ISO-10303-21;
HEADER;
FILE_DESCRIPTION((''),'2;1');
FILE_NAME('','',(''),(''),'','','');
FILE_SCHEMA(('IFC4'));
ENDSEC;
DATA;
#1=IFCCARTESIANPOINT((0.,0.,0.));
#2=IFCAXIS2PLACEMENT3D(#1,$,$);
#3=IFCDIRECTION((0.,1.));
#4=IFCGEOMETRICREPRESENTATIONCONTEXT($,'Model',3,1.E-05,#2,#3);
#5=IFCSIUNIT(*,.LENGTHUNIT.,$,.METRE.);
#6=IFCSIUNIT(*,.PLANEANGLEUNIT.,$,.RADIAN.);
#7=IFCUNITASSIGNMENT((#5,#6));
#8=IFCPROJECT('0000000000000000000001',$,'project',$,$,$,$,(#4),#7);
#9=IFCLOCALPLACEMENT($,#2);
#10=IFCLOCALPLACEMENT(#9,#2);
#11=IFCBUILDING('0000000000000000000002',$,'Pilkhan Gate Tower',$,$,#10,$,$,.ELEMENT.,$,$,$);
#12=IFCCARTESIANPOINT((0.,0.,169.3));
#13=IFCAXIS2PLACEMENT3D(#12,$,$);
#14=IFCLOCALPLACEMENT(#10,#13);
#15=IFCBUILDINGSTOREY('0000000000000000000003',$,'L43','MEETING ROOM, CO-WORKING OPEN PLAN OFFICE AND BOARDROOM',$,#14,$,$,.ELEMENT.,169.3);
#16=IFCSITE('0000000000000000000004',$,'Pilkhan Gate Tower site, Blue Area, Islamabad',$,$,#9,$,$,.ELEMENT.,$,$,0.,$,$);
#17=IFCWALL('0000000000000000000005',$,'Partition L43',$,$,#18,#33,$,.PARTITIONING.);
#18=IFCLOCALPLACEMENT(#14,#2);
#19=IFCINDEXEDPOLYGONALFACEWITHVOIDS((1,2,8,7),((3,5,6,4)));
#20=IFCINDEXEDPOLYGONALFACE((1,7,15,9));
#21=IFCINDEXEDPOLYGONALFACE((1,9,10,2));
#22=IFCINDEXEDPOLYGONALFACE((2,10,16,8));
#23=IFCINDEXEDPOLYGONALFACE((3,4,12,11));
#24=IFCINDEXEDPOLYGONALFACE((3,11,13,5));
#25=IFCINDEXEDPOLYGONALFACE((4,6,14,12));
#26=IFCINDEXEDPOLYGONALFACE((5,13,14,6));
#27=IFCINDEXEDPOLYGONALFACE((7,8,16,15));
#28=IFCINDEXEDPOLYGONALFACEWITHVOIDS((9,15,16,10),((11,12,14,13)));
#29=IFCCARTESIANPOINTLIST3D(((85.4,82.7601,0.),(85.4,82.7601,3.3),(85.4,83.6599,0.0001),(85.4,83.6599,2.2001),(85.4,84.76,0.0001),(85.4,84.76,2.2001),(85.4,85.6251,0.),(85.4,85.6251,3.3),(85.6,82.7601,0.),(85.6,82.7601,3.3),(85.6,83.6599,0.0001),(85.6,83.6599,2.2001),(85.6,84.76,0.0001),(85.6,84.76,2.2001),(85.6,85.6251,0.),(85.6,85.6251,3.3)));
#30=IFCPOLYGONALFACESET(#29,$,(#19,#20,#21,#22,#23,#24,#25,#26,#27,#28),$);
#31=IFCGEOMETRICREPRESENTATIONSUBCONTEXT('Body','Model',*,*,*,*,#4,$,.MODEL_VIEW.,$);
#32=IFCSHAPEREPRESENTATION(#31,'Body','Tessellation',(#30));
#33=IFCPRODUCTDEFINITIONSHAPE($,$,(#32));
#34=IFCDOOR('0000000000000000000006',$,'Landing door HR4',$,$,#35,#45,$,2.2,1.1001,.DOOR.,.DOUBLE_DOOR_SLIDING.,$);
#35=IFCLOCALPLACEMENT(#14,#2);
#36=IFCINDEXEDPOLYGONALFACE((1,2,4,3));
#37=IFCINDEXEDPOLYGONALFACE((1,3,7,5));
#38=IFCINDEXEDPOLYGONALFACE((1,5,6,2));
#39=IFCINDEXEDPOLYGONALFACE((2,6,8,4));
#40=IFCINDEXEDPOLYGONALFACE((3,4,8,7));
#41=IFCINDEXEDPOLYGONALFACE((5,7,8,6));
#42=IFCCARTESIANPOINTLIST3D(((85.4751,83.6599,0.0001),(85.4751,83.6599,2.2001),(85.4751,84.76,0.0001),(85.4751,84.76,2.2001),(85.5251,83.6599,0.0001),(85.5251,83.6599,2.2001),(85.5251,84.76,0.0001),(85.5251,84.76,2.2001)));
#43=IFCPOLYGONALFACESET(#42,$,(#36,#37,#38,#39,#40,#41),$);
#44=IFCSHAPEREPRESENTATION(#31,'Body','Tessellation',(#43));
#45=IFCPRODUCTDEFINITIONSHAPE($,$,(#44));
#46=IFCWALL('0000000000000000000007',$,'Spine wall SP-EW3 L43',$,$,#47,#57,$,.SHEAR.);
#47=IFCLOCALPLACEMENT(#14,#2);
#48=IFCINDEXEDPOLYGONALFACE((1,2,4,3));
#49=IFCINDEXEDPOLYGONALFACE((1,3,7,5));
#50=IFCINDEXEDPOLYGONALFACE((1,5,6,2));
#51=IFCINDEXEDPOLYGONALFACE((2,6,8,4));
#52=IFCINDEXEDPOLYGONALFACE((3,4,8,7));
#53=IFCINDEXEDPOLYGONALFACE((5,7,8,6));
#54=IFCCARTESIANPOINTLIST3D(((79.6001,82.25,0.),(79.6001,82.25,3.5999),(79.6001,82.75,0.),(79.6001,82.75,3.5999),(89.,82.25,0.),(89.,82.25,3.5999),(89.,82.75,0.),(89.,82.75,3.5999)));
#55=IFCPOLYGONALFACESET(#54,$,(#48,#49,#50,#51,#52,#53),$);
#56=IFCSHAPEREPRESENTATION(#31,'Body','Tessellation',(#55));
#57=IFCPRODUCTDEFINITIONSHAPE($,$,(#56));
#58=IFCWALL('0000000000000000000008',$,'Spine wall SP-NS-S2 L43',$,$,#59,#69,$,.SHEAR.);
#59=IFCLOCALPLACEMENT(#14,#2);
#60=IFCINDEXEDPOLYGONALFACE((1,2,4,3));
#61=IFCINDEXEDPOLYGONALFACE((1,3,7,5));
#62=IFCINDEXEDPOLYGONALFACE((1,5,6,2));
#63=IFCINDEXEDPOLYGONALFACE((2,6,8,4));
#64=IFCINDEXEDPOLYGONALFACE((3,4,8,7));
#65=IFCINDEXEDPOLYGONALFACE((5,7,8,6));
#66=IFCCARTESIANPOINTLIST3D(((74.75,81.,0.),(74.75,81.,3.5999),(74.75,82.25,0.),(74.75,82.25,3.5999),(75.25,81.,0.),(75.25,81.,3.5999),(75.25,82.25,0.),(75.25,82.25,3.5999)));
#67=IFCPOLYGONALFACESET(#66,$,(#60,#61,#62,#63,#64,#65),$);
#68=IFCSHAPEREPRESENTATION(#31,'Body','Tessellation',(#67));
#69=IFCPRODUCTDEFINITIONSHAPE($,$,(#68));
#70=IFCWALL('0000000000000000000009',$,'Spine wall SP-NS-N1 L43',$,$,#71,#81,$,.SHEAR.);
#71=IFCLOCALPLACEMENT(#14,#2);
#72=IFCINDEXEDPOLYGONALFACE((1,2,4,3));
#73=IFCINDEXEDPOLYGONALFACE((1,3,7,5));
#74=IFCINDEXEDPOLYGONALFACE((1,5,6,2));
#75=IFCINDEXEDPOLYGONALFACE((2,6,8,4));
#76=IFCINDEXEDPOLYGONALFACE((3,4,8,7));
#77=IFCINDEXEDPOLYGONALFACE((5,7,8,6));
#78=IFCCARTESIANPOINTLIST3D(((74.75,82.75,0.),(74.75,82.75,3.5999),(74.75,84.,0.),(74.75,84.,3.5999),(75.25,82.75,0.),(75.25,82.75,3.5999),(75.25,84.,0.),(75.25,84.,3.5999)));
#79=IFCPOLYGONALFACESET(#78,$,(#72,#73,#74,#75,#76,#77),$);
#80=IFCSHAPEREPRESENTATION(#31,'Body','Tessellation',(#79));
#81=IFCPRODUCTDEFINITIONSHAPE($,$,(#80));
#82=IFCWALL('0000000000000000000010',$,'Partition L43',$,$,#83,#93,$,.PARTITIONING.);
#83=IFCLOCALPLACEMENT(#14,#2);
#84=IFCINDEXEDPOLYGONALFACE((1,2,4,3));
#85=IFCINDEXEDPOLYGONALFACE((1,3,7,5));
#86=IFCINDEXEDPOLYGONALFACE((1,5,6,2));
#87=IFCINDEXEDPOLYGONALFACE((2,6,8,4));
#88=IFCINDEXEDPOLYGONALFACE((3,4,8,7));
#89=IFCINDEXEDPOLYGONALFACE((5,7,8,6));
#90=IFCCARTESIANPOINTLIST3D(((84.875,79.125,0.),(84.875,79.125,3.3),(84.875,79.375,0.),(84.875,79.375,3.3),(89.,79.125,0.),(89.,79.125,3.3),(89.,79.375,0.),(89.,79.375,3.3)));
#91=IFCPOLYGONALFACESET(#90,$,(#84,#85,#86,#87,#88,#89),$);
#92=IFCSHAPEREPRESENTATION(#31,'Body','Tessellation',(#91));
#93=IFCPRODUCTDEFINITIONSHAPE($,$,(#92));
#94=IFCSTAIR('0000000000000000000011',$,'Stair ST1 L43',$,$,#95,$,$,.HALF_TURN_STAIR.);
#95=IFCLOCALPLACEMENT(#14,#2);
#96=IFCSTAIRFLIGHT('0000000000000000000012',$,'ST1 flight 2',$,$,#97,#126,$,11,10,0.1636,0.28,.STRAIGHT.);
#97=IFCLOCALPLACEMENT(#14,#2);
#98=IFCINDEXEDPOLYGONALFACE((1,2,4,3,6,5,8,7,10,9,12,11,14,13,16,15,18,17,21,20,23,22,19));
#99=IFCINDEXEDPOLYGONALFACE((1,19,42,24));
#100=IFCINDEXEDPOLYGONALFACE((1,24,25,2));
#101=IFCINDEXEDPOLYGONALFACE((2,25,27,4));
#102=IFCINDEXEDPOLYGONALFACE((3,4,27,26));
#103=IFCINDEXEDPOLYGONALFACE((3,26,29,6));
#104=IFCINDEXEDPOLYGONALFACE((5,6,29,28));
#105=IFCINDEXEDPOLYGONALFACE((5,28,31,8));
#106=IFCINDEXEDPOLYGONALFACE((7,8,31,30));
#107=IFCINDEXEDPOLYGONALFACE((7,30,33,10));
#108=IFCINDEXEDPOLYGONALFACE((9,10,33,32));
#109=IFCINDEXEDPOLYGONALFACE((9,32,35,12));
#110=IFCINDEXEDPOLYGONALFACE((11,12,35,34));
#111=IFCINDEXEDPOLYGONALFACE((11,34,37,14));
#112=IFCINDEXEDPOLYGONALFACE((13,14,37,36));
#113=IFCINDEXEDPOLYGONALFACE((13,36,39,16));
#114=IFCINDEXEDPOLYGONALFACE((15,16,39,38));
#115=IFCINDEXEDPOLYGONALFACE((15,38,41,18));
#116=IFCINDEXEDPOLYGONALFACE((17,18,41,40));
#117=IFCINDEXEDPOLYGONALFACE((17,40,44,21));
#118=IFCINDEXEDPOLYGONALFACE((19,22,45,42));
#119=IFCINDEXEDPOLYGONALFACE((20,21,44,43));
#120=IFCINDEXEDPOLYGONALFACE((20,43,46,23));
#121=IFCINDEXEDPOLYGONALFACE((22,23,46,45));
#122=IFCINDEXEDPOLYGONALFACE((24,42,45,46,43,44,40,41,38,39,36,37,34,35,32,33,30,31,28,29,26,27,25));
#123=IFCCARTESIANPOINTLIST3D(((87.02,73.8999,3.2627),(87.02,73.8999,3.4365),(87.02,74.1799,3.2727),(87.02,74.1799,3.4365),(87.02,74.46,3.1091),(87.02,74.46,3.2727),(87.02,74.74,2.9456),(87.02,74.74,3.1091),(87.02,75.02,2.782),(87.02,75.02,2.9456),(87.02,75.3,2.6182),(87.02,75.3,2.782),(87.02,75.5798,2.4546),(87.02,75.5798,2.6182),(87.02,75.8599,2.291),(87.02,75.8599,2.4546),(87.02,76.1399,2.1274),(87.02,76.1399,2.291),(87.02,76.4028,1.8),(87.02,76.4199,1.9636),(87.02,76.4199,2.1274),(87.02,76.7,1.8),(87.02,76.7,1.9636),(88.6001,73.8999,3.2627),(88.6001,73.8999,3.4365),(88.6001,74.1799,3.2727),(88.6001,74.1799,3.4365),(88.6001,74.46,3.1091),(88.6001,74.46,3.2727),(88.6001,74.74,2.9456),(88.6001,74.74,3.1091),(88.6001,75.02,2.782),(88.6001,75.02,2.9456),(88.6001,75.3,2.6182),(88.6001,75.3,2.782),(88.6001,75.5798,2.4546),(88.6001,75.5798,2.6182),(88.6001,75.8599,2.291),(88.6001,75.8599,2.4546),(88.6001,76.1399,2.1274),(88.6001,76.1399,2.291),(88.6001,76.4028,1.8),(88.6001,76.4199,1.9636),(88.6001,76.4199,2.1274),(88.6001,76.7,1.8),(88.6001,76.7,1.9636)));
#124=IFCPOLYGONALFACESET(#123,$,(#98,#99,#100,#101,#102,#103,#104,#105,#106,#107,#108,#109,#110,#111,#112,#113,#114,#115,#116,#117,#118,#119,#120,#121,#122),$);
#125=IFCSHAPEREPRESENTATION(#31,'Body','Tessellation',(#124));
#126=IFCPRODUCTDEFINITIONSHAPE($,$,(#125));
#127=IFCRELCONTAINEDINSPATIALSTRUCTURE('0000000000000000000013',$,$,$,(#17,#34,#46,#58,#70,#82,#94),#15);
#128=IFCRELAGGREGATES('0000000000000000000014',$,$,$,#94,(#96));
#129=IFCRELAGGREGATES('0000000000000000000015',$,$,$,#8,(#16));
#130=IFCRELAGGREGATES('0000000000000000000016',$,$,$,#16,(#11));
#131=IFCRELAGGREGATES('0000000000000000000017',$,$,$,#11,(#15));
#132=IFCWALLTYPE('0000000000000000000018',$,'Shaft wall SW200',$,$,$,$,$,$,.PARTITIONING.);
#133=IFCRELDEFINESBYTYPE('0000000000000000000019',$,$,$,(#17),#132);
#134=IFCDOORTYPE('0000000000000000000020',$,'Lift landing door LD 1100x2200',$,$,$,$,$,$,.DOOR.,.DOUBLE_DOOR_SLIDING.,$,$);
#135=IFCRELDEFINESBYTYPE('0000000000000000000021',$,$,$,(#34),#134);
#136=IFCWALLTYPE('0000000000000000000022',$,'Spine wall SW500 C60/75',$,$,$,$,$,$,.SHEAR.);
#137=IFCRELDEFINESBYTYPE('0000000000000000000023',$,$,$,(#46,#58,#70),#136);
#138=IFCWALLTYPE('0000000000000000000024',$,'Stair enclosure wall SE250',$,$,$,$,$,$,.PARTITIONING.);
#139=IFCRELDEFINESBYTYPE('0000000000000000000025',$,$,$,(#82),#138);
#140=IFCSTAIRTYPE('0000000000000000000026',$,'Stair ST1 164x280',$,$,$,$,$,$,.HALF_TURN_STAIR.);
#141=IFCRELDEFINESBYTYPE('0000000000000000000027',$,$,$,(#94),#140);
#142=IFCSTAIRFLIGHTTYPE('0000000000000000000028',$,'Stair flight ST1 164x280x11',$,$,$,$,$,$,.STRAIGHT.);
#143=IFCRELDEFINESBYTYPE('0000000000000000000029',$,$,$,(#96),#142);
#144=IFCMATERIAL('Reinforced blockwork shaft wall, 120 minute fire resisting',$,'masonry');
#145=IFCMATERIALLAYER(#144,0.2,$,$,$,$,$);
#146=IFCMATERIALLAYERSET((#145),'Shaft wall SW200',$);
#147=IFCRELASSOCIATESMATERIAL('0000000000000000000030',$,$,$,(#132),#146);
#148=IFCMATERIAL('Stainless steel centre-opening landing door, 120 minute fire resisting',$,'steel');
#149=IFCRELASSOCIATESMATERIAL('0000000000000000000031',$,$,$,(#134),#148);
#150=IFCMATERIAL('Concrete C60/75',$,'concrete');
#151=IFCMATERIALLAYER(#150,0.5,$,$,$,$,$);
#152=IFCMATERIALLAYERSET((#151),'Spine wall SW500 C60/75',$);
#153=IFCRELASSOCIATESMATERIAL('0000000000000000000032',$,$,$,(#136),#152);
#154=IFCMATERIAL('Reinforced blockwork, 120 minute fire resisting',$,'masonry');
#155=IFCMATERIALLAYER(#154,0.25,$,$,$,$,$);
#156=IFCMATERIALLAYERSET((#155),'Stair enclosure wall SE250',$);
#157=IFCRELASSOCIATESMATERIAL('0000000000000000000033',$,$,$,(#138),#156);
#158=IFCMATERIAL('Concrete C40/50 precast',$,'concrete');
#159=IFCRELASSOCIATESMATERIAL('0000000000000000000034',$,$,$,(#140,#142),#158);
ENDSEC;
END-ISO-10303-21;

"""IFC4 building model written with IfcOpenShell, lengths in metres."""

from ifc_helpers import new_model, si_unit, direction, frame, frame_2d, origin, place, context, subcontext, project, spatial, polyline, rectangle, outline, extrude, material, layer, layer_set, type_object, element, fill, aggregate, save


model = new_model("IFC4")

# Units and contexts
model_context = context("Model", 3, precision=1e-05, world=origin(), true_north=direction((0.0, 1.0)))
body_context = subcontext(model_context, "Body", "Model", "MODEL_VIEW")
ifc_project = project(units=[si_unit("LENGTHUNIT", "METRE"), si_unit("PLANEANGLEUNIT", "RADIAN")], contexts=[model_context])

# Site, building, storey
site_placement = place(None, origin())
site = spatial("IfcSite", under=ifc_project, at=site_placement, Name="Pilkhan Gate Tower site, Blue Area, Islamabad", CompositionType="ELEMENT", RefElevation=0.0)
building_placement = place(site_placement, origin())
building = spatial("IfcBuilding", under=site, at=building_placement, Name="Pilkhan Gate Tower", CompositionType="ELEMENT")
storey_placement = place(building_placement, frame((0.0, 0.0, 169.3)))
storey = spatial("IfcBuildingStorey", under=building, at=storey_placement, Name="L43", Description="MEETING ROOM, CO-WORKING OPEN PLAN OFFICE AND BOARDROOM", CompositionType="ELEMENT", Elevation=169.3)

# Shared definitions
ifc_material_1 = material(Name="Concrete C60/75", Category="concrete")

# Wall, opening, door
ifc_material_2 = material(Name="Reinforced blockwork shaft wall, 120 minute fire resisting", Category="masonry")
ifc_layer_1 = layer(ifc_material_2, 0.2)
ifc_layer_set_1 = layer_set([ifc_layer_1], Name="Shaft wall SW200")
wall_type_1 = type_object("IfcWallType", Name="Shaft wall SW200", PredefinedType="PARTITIONING", material=ifc_layer_set_1)
wall_1_placement = place(storey_placement, frame((85.5, 82.76, 0.0), z_axis=(0.0, 0.0, 1.0), x_axis=(0.0, 1.0, 0.0)))
wall_1 = element("IfcWall", 1, at=wall_1_placement, inside=storey, type_object=wall_type_1, Name="Partition L43", PredefinedType="PARTITIONING", context=body_context, shape_type="SweptSolid", body=[
    extrude(rectangle(XDim=2.865, YDim=0.2, at=frame_2d((1.4326, 0.0))), origin(), (0.0, 0.0, 1.0), 3.3),
])
opening_1_placement = place(wall_1_placement, frame((0.8999, 0.0, 0.0)))
opening_1 = element("IfcOpeningElement", 2, at=opening_1_placement, cuts=wall_1, PredefinedType="OPENING", context=body_context, shape_type="SweptSolid", body=[
    extrude(rectangle(XDim=1.1001, YDim=2.2, at=frame_2d((0.55, 1.1001))), frame((0.0, 0.1099, 0.0), z_axis=(0.0, -1.0, 0.0), x_axis=(1.0, 0.0, 0.0)), (0.0, 0.0, 1.0), 0.22),
])
ifc_material_3 = material(Name="Stainless steel centre-opening landing door, 120 minute fire resisting", Category="steel")
door_type_1 = type_object("IfcDoorType", Name="Lift landing door LD 1100x2200", OperationType="DOUBLE_DOOR_SLIDING", PredefinedType="DOOR", material=ifc_material_3)
door_1_placement = place(opening_1_placement, origin())
door_1 = element("IfcDoor", 3, at=door_1_placement, inside=storey, type_object=door_type_1, Name="Landing door HR4", OperationType="DOUBLE_DOOR_SLIDING", OverallHeight=2.2, OverallWidth=1.1001, PredefinedType="DOOR", context=body_context, shape_type="SweptSolid", body=[
    extrude(rectangle(XDim=1.1001, YDim=2.2, at=frame_2d((0.55, 1.1001))), frame((0.0, 0.0249, 0.0), z_axis=(0.0, -1.0, 0.0), x_axis=(1.0, 0.0, 0.0)), (0.0, 0.0, 1.0), 0.05),
])
fill(opening_1, door_1)

# Walls
ifc_layer_2 = layer(ifc_material_1, 0.5)
ifc_layer_set_2 = layer_set([ifc_layer_2], Name="Spine wall SW500 C60/75")
wall_type_2 = type_object("IfcWallType", Name="Spine wall SW500 C60/75", PredefinedType="SHEAR", material=ifc_layer_set_2)
wall_2_placement = place(storey_placement, frame((79.6001, 82.5, 0.0), z_axis=(0.0, 0.0, 1.0), x_axis=(1.0, 0.0, 0.0)))
element("IfcWall", 4, at=wall_2_placement, inside=storey, type_object=wall_type_2, Name="Spine wall SP-EW3 L43", PredefinedType="SHEAR", context=body_context, shape_type="SweptSolid", body=[
    extrude(rectangle(XDim=9.3999, YDim=0.5, at=frame_2d((4.7, 0.0))), origin(), (0.0, 0.0, 1.0), 3.5999),
])
for number, where, z_axis, x_axis, name in (
    (5, (75.0, 81.0, 0.0), (0.0, 0.0, 1.0), (0.0, 1.0, 0.0), "Spine wall SP-NS-S2 L43"),
    (6, (75.0, 82.75, 0.0), (0.0, 0.0, 1.0), (0.0, 1.0, 0.0), "Spine wall SP-NS-N1 L43"),
):
    element("IfcWall", number, at=place(storey_placement, frame(where, z_axis=z_axis, x_axis=x_axis)), inside=storey, type_object=wall_type_2, Name=name, PredefinedType="SHEAR", context=body_context, shape_type="SweptSolid", body=[
        extrude(rectangle(XDim=1.25, YDim=0.5, at=frame_2d((0.625, 0.0))), origin(), (0.0, 0.0, 1.0), 3.5999),
    ])
ifc_material_4 = material(Name="Reinforced blockwork, 120 minute fire resisting", Category="masonry")
ifc_layer_3 = layer(ifc_material_4, 0.25)
ifc_layer_set_3 = layer_set([ifc_layer_3], Name="Stair enclosure wall SE250")
wall_type_3 = type_object("IfcWallType", Name="Stair enclosure wall SE250", PredefinedType="PARTITIONING", material=ifc_layer_set_3)
wall_3_placement = place(storey_placement, frame((84.875, 79.25, 0.0), z_axis=(0.0, 0.0, 1.0), x_axis=(1.0, 0.0, 0.0)))
element("IfcWall", 7, at=wall_3_placement, inside=storey, type_object=wall_type_3, Name="Partition L43", PredefinedType="PARTITIONING", context=body_context, shape_type="SweptSolid", body=[
    extrude(rectangle(XDim=4.125, YDim=0.25, at=frame_2d((2.0625, 0.0))), origin(), (0.0, 0.0, 1.0), 3.3),
])

# Stair, stair flight
ifc_material_5 = material(Name="Concrete C40/50 precast", Category="concrete")
stair_type = type_object("IfcStairType", Name="Stair ST1 164x280", PredefinedType="HALF_TURN_STAIR", material=ifc_material_5)
stair_placement = place(storey_placement, origin())
stair = element("IfcStair", 8, at=stair_placement, inside=storey, type_object=stair_type, Name="Stair ST1 L43", PredefinedType="HALF_TURN_STAIR")
stair_flight_type = type_object("IfcStairFlightType", Name="Stair flight ST1 164x280x11", PredefinedType="STRAIGHT", material=ifc_material_5)
stair_flight_placement = place(storey_placement, frame((87.8101, 76.7, 1.8), z_axis=(0.0, 0.0, 1.0), x_axis=(0.0, -1.0, 0.0)))
stair_flight = element("IfcStairFlight", 9, at=stair_flight_placement, type_object=stair_flight_type, Name="ST1 flight 2", NumberOfRisers=11, NumberOfTreads=10, PredefinedType="STRAIGHT", RiserHeight=0.1636, TreadLength=0.28, context=body_context, shape_type="SweptSolid", body=[
    extrude(outline(polyline([(0.0, 0.0), (0.0, 0.1636), (0.28, 0.1636), (0.28, 0.3274), (0.5601, 0.3274), (0.5601, 0.491), (0.8401, 0.491), (0.8401, 0.6545), (1.1201, 0.6545), (1.1201, 0.8181), (1.3999, 0.8181), (1.3999, 0.9819), (1.6799, 0.9819), (1.6799, 1.1455), (1.96, 1.1455), (1.96, 1.3091), (2.24, 1.3091), (2.24, 1.4727), (2.52, 1.4727), (2.52, 1.6365), (2.8, 1.6365), (2.8, 1.8), (2.8, 1.4626), (0.2971, 0.0), (0.0, 0.0)])), frame((0.0, 0.79, 0.0), z_axis=(0.0, -1.0, 0.0), x_axis=(1.0, 0.0, 0.0)), (0.0, 0.0, 1.0), 1.5801),
])
aggregate(stair, [stair_flight])

save(model, "model.ifc")
